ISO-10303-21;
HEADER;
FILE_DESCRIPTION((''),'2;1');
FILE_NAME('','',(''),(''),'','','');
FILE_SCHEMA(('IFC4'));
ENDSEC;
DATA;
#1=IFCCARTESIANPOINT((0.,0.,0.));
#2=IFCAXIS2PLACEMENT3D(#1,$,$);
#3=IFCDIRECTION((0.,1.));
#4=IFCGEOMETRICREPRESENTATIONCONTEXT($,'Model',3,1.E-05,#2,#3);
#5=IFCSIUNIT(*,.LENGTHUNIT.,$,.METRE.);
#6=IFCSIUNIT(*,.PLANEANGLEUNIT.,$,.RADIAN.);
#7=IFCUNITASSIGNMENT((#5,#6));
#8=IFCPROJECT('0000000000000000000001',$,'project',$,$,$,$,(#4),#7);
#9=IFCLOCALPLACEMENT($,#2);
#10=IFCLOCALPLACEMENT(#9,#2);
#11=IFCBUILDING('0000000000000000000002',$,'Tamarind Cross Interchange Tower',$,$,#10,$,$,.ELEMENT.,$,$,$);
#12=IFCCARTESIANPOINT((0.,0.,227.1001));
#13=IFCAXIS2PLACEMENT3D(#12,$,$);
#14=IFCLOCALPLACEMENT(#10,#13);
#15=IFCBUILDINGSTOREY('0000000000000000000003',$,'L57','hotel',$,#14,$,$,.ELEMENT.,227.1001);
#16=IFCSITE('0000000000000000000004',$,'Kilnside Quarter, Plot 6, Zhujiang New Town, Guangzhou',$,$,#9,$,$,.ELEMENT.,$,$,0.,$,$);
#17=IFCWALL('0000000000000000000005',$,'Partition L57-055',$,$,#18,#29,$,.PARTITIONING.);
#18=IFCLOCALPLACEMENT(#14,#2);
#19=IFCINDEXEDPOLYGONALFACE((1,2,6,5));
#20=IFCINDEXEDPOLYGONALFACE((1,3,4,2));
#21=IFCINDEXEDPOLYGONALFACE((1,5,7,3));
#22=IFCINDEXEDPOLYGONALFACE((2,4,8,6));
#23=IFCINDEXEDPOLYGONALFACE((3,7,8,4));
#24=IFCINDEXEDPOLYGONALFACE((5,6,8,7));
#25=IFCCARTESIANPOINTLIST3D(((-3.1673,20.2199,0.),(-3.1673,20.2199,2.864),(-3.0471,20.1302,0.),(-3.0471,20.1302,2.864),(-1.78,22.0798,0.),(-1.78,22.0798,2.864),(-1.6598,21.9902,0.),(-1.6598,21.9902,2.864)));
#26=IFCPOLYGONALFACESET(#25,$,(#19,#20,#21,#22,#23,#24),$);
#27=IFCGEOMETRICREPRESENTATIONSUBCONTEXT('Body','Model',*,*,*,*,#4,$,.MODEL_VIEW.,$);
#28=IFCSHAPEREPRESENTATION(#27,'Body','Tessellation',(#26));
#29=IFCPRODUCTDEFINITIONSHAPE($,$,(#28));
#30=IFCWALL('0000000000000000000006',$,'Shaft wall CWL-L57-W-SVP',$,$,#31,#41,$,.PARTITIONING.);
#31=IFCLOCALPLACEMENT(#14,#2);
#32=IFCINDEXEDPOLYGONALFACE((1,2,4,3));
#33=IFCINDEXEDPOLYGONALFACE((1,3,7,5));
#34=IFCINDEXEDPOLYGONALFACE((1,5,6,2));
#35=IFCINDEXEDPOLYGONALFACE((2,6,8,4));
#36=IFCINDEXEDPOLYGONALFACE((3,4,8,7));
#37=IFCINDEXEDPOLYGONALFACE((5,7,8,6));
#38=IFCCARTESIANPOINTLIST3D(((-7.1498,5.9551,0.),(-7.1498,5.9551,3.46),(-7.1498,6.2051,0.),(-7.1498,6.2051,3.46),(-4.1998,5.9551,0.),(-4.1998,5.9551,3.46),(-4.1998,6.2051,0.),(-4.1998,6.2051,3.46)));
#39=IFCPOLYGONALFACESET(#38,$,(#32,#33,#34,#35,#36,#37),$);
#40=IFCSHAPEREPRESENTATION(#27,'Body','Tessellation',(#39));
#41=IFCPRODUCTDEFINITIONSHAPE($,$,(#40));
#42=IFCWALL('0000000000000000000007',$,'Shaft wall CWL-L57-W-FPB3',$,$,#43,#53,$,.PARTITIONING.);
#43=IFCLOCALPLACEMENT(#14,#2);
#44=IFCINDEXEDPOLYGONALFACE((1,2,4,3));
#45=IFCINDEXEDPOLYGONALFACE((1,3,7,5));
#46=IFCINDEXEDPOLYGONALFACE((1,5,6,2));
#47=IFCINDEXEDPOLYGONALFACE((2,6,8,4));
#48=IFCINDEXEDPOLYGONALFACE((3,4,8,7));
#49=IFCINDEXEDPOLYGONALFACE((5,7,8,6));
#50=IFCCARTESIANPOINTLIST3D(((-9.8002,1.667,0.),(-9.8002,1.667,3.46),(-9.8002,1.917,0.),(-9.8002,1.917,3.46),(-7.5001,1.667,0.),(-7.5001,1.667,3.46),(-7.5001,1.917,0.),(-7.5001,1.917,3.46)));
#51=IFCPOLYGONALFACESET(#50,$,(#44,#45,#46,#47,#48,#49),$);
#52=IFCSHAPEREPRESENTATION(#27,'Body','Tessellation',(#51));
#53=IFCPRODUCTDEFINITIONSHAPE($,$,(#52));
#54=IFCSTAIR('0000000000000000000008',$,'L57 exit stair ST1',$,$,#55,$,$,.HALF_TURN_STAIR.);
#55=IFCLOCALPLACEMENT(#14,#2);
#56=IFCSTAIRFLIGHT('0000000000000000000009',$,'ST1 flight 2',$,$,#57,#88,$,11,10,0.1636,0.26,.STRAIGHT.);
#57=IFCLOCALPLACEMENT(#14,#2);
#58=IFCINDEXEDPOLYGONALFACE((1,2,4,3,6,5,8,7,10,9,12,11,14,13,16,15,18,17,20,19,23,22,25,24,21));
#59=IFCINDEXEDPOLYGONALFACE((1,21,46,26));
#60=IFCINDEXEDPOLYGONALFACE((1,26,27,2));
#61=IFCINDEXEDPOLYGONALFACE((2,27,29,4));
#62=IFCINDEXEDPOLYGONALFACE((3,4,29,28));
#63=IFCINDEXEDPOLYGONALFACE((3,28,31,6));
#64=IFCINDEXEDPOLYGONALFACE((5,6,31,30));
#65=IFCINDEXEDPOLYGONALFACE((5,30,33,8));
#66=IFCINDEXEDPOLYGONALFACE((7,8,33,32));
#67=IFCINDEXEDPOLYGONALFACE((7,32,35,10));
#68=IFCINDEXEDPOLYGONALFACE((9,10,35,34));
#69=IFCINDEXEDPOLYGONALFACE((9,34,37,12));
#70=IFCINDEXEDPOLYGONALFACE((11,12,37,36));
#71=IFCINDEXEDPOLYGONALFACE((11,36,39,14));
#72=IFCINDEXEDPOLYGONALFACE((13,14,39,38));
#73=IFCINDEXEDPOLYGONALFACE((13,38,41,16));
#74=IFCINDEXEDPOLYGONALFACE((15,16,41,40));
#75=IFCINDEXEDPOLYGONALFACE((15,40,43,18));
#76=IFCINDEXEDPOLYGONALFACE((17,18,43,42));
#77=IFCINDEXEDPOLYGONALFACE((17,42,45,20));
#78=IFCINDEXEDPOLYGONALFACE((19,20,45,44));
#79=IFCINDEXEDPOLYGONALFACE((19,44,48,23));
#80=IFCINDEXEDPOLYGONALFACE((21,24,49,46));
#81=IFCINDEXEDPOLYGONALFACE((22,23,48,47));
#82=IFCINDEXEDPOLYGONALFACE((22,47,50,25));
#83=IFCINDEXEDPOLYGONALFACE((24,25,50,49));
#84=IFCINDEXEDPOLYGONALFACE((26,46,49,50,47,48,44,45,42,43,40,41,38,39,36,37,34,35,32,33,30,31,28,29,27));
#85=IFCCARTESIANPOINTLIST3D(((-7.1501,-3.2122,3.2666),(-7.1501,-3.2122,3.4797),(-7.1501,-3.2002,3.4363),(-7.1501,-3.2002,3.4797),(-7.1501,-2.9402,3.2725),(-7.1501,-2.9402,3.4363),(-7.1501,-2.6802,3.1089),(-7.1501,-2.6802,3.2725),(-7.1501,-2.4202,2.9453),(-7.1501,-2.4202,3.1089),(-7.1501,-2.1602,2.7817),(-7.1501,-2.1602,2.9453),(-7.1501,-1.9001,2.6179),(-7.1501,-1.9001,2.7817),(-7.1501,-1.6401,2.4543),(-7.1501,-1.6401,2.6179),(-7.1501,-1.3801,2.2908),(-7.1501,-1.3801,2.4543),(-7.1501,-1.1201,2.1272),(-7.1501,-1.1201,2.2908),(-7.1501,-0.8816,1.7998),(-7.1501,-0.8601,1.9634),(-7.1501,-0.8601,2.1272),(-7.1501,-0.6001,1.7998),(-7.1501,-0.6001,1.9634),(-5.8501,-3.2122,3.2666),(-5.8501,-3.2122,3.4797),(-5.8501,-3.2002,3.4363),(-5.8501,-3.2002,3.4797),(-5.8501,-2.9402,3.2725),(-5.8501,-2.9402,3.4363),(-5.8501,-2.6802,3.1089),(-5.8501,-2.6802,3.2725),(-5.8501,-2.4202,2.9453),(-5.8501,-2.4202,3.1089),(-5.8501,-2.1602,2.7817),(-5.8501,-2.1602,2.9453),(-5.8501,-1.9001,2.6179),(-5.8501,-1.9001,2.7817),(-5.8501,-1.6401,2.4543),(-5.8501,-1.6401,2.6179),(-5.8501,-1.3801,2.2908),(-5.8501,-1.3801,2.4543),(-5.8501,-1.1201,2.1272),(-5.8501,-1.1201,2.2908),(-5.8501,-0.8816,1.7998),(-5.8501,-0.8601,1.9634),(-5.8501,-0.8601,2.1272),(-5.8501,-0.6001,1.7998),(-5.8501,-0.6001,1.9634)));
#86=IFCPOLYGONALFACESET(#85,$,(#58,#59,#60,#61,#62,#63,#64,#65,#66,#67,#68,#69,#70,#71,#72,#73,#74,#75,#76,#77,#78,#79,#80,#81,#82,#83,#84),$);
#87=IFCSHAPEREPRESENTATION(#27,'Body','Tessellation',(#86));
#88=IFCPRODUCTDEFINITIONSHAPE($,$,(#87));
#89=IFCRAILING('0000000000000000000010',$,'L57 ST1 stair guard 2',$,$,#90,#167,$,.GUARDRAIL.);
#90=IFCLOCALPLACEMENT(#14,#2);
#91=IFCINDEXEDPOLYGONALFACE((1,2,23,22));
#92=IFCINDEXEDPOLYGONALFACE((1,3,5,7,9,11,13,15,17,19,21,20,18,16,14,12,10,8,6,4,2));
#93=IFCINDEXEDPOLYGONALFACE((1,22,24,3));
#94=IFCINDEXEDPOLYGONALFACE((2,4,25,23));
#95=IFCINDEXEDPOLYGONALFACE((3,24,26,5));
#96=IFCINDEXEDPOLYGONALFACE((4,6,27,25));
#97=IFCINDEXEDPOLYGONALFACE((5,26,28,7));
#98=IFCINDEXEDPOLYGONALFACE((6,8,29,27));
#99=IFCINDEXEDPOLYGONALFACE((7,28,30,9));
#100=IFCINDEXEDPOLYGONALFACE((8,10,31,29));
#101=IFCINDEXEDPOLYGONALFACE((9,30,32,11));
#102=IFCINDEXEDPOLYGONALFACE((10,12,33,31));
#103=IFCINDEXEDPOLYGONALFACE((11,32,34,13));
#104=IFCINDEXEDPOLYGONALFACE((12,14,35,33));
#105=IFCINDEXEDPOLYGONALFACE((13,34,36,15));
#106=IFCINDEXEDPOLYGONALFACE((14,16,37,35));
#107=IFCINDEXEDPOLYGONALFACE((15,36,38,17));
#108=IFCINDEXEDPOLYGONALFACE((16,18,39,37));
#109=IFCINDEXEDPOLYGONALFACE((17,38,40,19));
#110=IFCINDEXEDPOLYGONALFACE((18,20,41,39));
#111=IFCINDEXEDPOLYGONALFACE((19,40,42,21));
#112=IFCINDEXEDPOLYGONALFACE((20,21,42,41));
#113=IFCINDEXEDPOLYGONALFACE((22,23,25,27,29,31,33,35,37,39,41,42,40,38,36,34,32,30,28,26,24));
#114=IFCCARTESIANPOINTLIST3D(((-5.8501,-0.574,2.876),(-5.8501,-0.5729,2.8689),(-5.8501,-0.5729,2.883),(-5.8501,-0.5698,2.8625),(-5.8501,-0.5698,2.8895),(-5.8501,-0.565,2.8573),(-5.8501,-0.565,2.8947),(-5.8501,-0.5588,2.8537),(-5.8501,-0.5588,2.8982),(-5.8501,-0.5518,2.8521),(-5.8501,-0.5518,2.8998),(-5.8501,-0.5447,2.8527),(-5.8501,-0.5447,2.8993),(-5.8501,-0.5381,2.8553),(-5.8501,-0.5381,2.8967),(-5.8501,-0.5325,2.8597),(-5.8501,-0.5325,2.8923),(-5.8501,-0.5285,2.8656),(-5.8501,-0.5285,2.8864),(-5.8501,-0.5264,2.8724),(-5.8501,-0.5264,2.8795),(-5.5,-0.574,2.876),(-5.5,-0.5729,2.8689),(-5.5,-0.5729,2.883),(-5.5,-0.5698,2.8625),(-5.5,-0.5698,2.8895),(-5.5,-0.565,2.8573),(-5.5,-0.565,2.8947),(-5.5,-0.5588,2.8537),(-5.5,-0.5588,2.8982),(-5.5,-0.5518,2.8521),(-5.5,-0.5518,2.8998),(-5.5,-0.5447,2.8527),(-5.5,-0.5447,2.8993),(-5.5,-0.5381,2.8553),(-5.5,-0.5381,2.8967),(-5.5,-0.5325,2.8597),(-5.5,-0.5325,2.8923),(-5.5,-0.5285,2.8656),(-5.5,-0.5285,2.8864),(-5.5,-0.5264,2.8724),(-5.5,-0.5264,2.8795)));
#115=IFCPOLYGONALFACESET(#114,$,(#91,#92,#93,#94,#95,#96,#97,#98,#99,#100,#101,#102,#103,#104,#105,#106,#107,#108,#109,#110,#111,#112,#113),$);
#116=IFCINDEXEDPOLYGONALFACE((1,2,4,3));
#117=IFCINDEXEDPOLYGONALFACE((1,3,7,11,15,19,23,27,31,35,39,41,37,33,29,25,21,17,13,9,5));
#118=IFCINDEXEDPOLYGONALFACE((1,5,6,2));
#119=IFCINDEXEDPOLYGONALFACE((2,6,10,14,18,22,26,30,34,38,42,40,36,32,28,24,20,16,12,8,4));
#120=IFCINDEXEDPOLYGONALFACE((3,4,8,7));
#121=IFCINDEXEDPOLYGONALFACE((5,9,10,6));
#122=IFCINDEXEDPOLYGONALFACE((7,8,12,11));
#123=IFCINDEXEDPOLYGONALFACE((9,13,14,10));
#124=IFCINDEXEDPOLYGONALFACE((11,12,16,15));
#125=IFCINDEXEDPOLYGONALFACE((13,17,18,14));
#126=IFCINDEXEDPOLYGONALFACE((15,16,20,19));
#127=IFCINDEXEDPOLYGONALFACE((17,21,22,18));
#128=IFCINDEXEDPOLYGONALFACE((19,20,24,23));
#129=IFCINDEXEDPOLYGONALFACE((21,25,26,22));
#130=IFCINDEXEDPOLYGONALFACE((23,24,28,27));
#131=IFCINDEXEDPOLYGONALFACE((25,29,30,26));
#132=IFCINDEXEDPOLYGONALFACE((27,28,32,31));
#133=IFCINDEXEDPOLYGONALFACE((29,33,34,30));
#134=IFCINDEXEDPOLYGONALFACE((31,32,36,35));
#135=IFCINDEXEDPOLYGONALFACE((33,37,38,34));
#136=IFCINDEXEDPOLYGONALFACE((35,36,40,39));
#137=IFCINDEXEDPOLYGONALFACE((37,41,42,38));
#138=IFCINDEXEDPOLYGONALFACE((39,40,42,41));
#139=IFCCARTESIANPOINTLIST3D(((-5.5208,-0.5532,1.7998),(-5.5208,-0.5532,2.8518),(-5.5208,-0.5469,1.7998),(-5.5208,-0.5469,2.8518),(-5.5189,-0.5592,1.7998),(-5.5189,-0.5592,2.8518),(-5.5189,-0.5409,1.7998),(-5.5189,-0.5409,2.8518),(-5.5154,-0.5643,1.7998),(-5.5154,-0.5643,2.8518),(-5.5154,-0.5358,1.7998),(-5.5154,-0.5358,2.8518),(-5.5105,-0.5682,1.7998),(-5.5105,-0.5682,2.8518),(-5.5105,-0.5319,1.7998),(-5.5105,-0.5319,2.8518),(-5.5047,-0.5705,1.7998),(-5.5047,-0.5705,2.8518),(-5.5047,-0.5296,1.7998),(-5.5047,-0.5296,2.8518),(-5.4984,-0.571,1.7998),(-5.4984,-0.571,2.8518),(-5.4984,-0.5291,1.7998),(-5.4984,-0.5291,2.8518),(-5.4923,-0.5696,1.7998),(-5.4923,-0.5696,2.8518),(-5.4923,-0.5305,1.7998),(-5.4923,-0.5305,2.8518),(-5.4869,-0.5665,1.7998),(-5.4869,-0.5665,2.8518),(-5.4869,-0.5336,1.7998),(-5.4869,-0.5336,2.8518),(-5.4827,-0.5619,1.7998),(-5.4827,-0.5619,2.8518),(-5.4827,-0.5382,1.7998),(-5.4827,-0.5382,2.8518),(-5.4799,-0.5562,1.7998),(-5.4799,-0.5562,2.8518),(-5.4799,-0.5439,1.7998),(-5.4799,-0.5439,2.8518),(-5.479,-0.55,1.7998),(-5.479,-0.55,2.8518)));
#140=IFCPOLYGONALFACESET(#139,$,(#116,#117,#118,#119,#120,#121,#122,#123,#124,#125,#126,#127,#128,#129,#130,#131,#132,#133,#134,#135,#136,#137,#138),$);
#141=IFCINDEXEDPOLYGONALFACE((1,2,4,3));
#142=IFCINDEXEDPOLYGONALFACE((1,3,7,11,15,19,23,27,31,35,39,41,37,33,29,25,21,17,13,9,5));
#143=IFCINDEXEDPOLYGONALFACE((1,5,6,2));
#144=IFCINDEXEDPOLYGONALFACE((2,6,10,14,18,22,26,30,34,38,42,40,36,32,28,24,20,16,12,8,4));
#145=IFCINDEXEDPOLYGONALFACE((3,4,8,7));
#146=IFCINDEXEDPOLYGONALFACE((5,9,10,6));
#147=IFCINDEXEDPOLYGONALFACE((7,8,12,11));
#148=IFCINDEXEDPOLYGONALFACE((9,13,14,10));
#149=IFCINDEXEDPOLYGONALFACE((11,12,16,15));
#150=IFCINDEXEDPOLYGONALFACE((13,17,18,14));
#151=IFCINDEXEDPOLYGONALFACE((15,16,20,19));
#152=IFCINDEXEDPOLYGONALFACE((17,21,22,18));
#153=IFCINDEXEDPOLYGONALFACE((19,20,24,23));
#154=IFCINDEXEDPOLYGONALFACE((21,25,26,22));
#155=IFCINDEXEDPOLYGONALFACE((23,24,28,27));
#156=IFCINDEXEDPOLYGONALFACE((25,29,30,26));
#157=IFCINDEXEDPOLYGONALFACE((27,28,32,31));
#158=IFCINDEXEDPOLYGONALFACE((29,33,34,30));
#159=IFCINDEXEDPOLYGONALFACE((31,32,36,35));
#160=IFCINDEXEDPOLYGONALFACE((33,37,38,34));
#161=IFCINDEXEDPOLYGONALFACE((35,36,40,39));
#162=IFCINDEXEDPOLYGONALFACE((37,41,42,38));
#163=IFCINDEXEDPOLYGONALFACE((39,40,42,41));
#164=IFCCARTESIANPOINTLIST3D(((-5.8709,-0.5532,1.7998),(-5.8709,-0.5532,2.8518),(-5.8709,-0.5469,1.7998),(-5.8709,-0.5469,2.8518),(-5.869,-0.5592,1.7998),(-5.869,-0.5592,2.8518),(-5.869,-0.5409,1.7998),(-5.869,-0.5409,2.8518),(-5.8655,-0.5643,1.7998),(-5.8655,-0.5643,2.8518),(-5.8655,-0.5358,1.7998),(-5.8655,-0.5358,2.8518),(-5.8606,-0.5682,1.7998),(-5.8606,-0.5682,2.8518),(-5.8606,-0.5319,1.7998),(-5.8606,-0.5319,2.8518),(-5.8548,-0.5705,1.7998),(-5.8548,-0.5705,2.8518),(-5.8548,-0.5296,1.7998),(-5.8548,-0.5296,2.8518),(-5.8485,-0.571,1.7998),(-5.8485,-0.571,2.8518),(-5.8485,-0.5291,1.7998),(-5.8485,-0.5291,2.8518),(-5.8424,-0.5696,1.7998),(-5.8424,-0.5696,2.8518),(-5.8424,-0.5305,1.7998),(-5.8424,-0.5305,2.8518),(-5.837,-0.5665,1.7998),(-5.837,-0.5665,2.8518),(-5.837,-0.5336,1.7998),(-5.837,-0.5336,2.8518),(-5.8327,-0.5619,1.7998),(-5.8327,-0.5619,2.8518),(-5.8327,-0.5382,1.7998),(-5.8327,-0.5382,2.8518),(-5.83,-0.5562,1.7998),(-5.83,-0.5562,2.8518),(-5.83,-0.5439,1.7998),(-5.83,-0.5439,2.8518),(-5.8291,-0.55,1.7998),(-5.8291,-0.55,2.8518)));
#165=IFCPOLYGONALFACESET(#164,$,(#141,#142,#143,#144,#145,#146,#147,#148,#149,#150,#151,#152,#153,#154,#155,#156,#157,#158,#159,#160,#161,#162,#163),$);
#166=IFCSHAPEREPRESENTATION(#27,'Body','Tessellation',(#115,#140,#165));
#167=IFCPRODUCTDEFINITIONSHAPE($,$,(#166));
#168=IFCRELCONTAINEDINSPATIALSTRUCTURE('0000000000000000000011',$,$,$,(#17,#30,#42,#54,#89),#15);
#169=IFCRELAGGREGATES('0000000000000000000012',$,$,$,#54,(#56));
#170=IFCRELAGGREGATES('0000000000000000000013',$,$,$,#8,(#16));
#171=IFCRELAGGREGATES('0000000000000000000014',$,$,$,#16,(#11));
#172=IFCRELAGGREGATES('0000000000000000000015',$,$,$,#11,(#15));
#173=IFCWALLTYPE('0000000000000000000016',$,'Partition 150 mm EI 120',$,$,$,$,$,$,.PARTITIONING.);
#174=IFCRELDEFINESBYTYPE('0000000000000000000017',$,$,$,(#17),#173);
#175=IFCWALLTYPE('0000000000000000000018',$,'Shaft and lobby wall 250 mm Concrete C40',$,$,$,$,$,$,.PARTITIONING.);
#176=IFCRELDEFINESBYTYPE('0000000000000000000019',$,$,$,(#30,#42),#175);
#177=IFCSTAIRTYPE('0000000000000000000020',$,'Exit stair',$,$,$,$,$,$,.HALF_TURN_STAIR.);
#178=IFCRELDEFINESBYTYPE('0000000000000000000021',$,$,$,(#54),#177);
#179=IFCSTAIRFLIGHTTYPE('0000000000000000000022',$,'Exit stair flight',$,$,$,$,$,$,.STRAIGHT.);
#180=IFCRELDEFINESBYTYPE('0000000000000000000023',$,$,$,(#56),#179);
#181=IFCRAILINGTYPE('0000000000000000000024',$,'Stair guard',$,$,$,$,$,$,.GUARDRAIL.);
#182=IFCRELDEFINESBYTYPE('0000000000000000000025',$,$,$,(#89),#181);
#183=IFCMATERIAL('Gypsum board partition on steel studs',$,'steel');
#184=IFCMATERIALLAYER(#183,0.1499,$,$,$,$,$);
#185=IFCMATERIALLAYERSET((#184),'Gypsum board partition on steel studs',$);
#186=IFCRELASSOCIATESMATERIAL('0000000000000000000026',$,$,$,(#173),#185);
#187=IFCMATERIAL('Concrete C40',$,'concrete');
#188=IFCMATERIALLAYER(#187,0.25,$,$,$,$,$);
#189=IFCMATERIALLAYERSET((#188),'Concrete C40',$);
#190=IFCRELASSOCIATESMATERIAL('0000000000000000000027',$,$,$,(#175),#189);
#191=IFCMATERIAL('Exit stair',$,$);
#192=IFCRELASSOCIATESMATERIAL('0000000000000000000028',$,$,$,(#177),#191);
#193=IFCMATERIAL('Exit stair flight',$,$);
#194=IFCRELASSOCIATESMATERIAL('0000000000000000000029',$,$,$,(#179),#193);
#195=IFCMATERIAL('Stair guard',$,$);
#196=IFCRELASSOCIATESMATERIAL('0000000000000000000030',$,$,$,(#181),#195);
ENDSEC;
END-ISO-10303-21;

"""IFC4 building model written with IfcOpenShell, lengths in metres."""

from ifc_helpers import new_model, si_unit, direction, frame, frame_2d, origin, origin_2d, place, context, subcontext, project, spatial, polyline, rectangle, circle, outline, extrude, material, layer, layer_set, type_object, element, aggregate, save


model = new_model("IFC4")

# Units and contexts
model_context = context("Model", 3, precision=1e-05, world=origin(), true_north=direction((0.0, 1.0)))
body_context = subcontext(model_context, "Body", "Model", "MODEL_VIEW")
ifc_project = project(units=[si_unit("LENGTHUNIT", "METRE"), si_unit("PLANEANGLEUNIT", "RADIAN")], contexts=[model_context])

# Site, building, storey
site_placement = place(None, origin())
site = spatial("IfcSite", under=ifc_project, at=site_placement, Name="Kilnside Quarter, Plot 6, Zhujiang New Town, Guangzhou", CompositionType="ELEMENT", RefElevation=0.0)
building_placement = place(site_placement, origin())
building = spatial("IfcBuilding", under=site, at=building_placement, Name="Tamarind Cross Interchange Tower", CompositionType="ELEMENT")
storey_placement = place(building_placement, frame((0.0, 0.0, 227.1001)))
storey = spatial("IfcBuildingStorey", under=building, at=storey_placement, Name="L57", Description="hotel", CompositionType="ELEMENT", Elevation=227.1001)

# Shared definitions
ifc_material_1 = material(Name="Gypsum board partition on steel studs", Category="steel")
ifc_layer_1 = layer(ifc_material_1, 0.1499)
ifc_layer_set_1 = layer_set([ifc_layer_1], Name="Gypsum board partition on steel studs")
wall_type_1 = type_object("IfcWallType", Name="Partition 150 mm EI 120", PredefinedType="PARTITIONING", material=ifc_layer_set_1)

# Walls
wall_1_placement = place(storey_placement, frame((-3.1072, 20.175, 0.0), z_axis=(0.0, 0.0, 1.0), x_axis=(0.597877, 0.801588, 0.0)))
element("IfcWall", 1, at=wall_1_placement, inside=storey, type_object=wall_type_1, Name="Partition L57-055", PredefinedType="PARTITIONING", context=body_context, shape_type="SweptSolid", body=[
    extrude(rectangle(XDim=2.3203, YDim=0.1499, at=frame_2d((1.1602, 0.0))), origin(), (0.0, 0.0, 1.0), 2.864),
])
ifc_material_2 = material(Name="Concrete C40", Category="concrete")
ifc_layer_2 = layer(ifc_material_2, 0.25)
ifc_layer_set_2 = layer_set([ifc_layer_2], Name="Concrete C40")
wall_type_2 = type_object("IfcWallType", Name="Shaft and lobby wall 250 mm Concrete C40", PredefinedType="PARTITIONING", material=ifc_layer_set_2)
wall_2_placement = place(storey_placement, frame((-7.1499, 6.0801, 0.0), z_axis=(0.0, 0.0, 1.0), x_axis=(1.0, 0.0, 0.0)))
element("IfcWall", 2, at=wall_2_placement, inside=storey, type_object=wall_type_2, Name="Shaft wall CWL-L57-W-SVP", PredefinedType="PARTITIONING", context=body_context, shape_type="SweptSolid", body=[
    extrude(rectangle(XDim=2.95, YDim=0.25, at=frame_2d((1.4751, 0.0))), origin(), (0.0, 0.0, 1.0), 3.46),
])
wall_3_placement = place(storey_placement, frame((-9.8, 1.792, 0.0), z_axis=(0.0, 0.0, 1.0), x_axis=(1.0, 0.0, 0.0)))
element("IfcWall", 3, at=wall_3_placement, inside=storey, type_object=wall_type_2, Name="Shaft wall CWL-L57-W-FPB3", PredefinedType="PARTITIONING", context=body_context, shape_type="SweptSolid", body=[
    extrude(rectangle(XDim=2.3, YDim=0.25, at=frame_2d((1.1499, 0.0))), origin(), (0.0, 0.0, 1.0), 3.46),
])

# Stair, stair flight
ifc_material_3 = material(Name="Exit stair")
stair_type = type_object("IfcStairType", Name="Exit stair", PredefinedType="HALF_TURN_STAIR", material=ifc_material_3)
stair_placement = place(storey_placement, origin())
stair = element("IfcStair", 4, at=stair_placement, inside=storey, type_object=stair_type, Name="L57 exit stair ST1", PredefinedType="HALF_TURN_STAIR")
ifc_material_4 = material(Name="Exit stair flight")
stair_flight_type = type_object("IfcStairFlightType", Name="Exit stair flight", PredefinedType="STRAIGHT", material=ifc_material_4)
stair_flight_placement = place(storey_placement, frame((-6.5, -0.6001, 1.7998), z_axis=(0.0, 0.0, 1.0), x_axis=(0.0, -1.0, 0.0)))
stair_flight = element("IfcStairFlight", 5, at=stair_flight_placement, type_object=stair_flight_type, Name="ST1 flight 2", NumberOfRisers=11, NumberOfTreads=10, PredefinedType="STRAIGHT", RiserHeight=0.1636, TreadLength=0.26, context=body_context, shape_type="SweptSolid", body=[
    extrude(outline(polyline([(0.0, 0.0), (0.0, 0.1636), (0.26, 0.1636), (0.26, 0.3274), (0.52, 0.3274), (0.52, 0.491), (0.78, 0.491), (0.78, 0.6545), (1.04, 0.6545), (1.04, 0.8181), (1.3, 0.8181), (1.3, 0.9819), (1.5601, 0.9819), (1.5601, 1.1455), (1.8201, 1.1455), (1.8201, 1.3091), (2.0801, 1.3091), (2.0801, 1.4727), (2.3401, 1.4727), (2.3401, 1.6365), (2.6001, 1.6365), (2.6001, 1.6799), (2.6121, 1.6799), (2.6121, 1.4668), (0.2815, 0.0), (0.0, 0.0)])), frame((0.0, 0.6499, 0.0), z_axis=(0.0, -1.0, 0.0), x_axis=(1.0, 0.0, 0.0)), (0.0, 0.0, 1.0), 1.3),
])
aggregate(stair, [stair_flight])

# Railing
ifc_material_5 = material(Name="Stair guard")
railing_type_1 = type_object("IfcRailingType", Name="Stair guard", PredefinedType="GUARDRAIL", material=ifc_material_5)
railing_1_placement = place(storey_placement, frame((-5.5, -0.55, 1.7998)))
element("IfcRailing", 6, at=railing_1_placement, inside=storey, type_object=railing_type_1, Name="L57 ST1 stair guard 2", PredefinedType="GUARDRAIL", context=body_context, shape_type="SweptSolid", body=[
    extrude(circle(Radius=0.0239, at=origin_2d()), frame((0.0, 0.0, 1.0762), z_axis=(-1.0, 0.0, 0.0), x_axis=(0.0, -1.0, 0.0)), (0.0, 0.0, 1.0), 0.3501),
    extrude(circle(Radius=0.021, at=origin_2d()), origin(), (0.0, 0.0, 1.0), 1.052),
    extrude(circle(Radius=0.021, at=origin_2d()), frame((-0.3501, 0.0, 0.0)), (0.0, 0.0, 1.0), 1.052),
])

save(model, "model.ifc")
